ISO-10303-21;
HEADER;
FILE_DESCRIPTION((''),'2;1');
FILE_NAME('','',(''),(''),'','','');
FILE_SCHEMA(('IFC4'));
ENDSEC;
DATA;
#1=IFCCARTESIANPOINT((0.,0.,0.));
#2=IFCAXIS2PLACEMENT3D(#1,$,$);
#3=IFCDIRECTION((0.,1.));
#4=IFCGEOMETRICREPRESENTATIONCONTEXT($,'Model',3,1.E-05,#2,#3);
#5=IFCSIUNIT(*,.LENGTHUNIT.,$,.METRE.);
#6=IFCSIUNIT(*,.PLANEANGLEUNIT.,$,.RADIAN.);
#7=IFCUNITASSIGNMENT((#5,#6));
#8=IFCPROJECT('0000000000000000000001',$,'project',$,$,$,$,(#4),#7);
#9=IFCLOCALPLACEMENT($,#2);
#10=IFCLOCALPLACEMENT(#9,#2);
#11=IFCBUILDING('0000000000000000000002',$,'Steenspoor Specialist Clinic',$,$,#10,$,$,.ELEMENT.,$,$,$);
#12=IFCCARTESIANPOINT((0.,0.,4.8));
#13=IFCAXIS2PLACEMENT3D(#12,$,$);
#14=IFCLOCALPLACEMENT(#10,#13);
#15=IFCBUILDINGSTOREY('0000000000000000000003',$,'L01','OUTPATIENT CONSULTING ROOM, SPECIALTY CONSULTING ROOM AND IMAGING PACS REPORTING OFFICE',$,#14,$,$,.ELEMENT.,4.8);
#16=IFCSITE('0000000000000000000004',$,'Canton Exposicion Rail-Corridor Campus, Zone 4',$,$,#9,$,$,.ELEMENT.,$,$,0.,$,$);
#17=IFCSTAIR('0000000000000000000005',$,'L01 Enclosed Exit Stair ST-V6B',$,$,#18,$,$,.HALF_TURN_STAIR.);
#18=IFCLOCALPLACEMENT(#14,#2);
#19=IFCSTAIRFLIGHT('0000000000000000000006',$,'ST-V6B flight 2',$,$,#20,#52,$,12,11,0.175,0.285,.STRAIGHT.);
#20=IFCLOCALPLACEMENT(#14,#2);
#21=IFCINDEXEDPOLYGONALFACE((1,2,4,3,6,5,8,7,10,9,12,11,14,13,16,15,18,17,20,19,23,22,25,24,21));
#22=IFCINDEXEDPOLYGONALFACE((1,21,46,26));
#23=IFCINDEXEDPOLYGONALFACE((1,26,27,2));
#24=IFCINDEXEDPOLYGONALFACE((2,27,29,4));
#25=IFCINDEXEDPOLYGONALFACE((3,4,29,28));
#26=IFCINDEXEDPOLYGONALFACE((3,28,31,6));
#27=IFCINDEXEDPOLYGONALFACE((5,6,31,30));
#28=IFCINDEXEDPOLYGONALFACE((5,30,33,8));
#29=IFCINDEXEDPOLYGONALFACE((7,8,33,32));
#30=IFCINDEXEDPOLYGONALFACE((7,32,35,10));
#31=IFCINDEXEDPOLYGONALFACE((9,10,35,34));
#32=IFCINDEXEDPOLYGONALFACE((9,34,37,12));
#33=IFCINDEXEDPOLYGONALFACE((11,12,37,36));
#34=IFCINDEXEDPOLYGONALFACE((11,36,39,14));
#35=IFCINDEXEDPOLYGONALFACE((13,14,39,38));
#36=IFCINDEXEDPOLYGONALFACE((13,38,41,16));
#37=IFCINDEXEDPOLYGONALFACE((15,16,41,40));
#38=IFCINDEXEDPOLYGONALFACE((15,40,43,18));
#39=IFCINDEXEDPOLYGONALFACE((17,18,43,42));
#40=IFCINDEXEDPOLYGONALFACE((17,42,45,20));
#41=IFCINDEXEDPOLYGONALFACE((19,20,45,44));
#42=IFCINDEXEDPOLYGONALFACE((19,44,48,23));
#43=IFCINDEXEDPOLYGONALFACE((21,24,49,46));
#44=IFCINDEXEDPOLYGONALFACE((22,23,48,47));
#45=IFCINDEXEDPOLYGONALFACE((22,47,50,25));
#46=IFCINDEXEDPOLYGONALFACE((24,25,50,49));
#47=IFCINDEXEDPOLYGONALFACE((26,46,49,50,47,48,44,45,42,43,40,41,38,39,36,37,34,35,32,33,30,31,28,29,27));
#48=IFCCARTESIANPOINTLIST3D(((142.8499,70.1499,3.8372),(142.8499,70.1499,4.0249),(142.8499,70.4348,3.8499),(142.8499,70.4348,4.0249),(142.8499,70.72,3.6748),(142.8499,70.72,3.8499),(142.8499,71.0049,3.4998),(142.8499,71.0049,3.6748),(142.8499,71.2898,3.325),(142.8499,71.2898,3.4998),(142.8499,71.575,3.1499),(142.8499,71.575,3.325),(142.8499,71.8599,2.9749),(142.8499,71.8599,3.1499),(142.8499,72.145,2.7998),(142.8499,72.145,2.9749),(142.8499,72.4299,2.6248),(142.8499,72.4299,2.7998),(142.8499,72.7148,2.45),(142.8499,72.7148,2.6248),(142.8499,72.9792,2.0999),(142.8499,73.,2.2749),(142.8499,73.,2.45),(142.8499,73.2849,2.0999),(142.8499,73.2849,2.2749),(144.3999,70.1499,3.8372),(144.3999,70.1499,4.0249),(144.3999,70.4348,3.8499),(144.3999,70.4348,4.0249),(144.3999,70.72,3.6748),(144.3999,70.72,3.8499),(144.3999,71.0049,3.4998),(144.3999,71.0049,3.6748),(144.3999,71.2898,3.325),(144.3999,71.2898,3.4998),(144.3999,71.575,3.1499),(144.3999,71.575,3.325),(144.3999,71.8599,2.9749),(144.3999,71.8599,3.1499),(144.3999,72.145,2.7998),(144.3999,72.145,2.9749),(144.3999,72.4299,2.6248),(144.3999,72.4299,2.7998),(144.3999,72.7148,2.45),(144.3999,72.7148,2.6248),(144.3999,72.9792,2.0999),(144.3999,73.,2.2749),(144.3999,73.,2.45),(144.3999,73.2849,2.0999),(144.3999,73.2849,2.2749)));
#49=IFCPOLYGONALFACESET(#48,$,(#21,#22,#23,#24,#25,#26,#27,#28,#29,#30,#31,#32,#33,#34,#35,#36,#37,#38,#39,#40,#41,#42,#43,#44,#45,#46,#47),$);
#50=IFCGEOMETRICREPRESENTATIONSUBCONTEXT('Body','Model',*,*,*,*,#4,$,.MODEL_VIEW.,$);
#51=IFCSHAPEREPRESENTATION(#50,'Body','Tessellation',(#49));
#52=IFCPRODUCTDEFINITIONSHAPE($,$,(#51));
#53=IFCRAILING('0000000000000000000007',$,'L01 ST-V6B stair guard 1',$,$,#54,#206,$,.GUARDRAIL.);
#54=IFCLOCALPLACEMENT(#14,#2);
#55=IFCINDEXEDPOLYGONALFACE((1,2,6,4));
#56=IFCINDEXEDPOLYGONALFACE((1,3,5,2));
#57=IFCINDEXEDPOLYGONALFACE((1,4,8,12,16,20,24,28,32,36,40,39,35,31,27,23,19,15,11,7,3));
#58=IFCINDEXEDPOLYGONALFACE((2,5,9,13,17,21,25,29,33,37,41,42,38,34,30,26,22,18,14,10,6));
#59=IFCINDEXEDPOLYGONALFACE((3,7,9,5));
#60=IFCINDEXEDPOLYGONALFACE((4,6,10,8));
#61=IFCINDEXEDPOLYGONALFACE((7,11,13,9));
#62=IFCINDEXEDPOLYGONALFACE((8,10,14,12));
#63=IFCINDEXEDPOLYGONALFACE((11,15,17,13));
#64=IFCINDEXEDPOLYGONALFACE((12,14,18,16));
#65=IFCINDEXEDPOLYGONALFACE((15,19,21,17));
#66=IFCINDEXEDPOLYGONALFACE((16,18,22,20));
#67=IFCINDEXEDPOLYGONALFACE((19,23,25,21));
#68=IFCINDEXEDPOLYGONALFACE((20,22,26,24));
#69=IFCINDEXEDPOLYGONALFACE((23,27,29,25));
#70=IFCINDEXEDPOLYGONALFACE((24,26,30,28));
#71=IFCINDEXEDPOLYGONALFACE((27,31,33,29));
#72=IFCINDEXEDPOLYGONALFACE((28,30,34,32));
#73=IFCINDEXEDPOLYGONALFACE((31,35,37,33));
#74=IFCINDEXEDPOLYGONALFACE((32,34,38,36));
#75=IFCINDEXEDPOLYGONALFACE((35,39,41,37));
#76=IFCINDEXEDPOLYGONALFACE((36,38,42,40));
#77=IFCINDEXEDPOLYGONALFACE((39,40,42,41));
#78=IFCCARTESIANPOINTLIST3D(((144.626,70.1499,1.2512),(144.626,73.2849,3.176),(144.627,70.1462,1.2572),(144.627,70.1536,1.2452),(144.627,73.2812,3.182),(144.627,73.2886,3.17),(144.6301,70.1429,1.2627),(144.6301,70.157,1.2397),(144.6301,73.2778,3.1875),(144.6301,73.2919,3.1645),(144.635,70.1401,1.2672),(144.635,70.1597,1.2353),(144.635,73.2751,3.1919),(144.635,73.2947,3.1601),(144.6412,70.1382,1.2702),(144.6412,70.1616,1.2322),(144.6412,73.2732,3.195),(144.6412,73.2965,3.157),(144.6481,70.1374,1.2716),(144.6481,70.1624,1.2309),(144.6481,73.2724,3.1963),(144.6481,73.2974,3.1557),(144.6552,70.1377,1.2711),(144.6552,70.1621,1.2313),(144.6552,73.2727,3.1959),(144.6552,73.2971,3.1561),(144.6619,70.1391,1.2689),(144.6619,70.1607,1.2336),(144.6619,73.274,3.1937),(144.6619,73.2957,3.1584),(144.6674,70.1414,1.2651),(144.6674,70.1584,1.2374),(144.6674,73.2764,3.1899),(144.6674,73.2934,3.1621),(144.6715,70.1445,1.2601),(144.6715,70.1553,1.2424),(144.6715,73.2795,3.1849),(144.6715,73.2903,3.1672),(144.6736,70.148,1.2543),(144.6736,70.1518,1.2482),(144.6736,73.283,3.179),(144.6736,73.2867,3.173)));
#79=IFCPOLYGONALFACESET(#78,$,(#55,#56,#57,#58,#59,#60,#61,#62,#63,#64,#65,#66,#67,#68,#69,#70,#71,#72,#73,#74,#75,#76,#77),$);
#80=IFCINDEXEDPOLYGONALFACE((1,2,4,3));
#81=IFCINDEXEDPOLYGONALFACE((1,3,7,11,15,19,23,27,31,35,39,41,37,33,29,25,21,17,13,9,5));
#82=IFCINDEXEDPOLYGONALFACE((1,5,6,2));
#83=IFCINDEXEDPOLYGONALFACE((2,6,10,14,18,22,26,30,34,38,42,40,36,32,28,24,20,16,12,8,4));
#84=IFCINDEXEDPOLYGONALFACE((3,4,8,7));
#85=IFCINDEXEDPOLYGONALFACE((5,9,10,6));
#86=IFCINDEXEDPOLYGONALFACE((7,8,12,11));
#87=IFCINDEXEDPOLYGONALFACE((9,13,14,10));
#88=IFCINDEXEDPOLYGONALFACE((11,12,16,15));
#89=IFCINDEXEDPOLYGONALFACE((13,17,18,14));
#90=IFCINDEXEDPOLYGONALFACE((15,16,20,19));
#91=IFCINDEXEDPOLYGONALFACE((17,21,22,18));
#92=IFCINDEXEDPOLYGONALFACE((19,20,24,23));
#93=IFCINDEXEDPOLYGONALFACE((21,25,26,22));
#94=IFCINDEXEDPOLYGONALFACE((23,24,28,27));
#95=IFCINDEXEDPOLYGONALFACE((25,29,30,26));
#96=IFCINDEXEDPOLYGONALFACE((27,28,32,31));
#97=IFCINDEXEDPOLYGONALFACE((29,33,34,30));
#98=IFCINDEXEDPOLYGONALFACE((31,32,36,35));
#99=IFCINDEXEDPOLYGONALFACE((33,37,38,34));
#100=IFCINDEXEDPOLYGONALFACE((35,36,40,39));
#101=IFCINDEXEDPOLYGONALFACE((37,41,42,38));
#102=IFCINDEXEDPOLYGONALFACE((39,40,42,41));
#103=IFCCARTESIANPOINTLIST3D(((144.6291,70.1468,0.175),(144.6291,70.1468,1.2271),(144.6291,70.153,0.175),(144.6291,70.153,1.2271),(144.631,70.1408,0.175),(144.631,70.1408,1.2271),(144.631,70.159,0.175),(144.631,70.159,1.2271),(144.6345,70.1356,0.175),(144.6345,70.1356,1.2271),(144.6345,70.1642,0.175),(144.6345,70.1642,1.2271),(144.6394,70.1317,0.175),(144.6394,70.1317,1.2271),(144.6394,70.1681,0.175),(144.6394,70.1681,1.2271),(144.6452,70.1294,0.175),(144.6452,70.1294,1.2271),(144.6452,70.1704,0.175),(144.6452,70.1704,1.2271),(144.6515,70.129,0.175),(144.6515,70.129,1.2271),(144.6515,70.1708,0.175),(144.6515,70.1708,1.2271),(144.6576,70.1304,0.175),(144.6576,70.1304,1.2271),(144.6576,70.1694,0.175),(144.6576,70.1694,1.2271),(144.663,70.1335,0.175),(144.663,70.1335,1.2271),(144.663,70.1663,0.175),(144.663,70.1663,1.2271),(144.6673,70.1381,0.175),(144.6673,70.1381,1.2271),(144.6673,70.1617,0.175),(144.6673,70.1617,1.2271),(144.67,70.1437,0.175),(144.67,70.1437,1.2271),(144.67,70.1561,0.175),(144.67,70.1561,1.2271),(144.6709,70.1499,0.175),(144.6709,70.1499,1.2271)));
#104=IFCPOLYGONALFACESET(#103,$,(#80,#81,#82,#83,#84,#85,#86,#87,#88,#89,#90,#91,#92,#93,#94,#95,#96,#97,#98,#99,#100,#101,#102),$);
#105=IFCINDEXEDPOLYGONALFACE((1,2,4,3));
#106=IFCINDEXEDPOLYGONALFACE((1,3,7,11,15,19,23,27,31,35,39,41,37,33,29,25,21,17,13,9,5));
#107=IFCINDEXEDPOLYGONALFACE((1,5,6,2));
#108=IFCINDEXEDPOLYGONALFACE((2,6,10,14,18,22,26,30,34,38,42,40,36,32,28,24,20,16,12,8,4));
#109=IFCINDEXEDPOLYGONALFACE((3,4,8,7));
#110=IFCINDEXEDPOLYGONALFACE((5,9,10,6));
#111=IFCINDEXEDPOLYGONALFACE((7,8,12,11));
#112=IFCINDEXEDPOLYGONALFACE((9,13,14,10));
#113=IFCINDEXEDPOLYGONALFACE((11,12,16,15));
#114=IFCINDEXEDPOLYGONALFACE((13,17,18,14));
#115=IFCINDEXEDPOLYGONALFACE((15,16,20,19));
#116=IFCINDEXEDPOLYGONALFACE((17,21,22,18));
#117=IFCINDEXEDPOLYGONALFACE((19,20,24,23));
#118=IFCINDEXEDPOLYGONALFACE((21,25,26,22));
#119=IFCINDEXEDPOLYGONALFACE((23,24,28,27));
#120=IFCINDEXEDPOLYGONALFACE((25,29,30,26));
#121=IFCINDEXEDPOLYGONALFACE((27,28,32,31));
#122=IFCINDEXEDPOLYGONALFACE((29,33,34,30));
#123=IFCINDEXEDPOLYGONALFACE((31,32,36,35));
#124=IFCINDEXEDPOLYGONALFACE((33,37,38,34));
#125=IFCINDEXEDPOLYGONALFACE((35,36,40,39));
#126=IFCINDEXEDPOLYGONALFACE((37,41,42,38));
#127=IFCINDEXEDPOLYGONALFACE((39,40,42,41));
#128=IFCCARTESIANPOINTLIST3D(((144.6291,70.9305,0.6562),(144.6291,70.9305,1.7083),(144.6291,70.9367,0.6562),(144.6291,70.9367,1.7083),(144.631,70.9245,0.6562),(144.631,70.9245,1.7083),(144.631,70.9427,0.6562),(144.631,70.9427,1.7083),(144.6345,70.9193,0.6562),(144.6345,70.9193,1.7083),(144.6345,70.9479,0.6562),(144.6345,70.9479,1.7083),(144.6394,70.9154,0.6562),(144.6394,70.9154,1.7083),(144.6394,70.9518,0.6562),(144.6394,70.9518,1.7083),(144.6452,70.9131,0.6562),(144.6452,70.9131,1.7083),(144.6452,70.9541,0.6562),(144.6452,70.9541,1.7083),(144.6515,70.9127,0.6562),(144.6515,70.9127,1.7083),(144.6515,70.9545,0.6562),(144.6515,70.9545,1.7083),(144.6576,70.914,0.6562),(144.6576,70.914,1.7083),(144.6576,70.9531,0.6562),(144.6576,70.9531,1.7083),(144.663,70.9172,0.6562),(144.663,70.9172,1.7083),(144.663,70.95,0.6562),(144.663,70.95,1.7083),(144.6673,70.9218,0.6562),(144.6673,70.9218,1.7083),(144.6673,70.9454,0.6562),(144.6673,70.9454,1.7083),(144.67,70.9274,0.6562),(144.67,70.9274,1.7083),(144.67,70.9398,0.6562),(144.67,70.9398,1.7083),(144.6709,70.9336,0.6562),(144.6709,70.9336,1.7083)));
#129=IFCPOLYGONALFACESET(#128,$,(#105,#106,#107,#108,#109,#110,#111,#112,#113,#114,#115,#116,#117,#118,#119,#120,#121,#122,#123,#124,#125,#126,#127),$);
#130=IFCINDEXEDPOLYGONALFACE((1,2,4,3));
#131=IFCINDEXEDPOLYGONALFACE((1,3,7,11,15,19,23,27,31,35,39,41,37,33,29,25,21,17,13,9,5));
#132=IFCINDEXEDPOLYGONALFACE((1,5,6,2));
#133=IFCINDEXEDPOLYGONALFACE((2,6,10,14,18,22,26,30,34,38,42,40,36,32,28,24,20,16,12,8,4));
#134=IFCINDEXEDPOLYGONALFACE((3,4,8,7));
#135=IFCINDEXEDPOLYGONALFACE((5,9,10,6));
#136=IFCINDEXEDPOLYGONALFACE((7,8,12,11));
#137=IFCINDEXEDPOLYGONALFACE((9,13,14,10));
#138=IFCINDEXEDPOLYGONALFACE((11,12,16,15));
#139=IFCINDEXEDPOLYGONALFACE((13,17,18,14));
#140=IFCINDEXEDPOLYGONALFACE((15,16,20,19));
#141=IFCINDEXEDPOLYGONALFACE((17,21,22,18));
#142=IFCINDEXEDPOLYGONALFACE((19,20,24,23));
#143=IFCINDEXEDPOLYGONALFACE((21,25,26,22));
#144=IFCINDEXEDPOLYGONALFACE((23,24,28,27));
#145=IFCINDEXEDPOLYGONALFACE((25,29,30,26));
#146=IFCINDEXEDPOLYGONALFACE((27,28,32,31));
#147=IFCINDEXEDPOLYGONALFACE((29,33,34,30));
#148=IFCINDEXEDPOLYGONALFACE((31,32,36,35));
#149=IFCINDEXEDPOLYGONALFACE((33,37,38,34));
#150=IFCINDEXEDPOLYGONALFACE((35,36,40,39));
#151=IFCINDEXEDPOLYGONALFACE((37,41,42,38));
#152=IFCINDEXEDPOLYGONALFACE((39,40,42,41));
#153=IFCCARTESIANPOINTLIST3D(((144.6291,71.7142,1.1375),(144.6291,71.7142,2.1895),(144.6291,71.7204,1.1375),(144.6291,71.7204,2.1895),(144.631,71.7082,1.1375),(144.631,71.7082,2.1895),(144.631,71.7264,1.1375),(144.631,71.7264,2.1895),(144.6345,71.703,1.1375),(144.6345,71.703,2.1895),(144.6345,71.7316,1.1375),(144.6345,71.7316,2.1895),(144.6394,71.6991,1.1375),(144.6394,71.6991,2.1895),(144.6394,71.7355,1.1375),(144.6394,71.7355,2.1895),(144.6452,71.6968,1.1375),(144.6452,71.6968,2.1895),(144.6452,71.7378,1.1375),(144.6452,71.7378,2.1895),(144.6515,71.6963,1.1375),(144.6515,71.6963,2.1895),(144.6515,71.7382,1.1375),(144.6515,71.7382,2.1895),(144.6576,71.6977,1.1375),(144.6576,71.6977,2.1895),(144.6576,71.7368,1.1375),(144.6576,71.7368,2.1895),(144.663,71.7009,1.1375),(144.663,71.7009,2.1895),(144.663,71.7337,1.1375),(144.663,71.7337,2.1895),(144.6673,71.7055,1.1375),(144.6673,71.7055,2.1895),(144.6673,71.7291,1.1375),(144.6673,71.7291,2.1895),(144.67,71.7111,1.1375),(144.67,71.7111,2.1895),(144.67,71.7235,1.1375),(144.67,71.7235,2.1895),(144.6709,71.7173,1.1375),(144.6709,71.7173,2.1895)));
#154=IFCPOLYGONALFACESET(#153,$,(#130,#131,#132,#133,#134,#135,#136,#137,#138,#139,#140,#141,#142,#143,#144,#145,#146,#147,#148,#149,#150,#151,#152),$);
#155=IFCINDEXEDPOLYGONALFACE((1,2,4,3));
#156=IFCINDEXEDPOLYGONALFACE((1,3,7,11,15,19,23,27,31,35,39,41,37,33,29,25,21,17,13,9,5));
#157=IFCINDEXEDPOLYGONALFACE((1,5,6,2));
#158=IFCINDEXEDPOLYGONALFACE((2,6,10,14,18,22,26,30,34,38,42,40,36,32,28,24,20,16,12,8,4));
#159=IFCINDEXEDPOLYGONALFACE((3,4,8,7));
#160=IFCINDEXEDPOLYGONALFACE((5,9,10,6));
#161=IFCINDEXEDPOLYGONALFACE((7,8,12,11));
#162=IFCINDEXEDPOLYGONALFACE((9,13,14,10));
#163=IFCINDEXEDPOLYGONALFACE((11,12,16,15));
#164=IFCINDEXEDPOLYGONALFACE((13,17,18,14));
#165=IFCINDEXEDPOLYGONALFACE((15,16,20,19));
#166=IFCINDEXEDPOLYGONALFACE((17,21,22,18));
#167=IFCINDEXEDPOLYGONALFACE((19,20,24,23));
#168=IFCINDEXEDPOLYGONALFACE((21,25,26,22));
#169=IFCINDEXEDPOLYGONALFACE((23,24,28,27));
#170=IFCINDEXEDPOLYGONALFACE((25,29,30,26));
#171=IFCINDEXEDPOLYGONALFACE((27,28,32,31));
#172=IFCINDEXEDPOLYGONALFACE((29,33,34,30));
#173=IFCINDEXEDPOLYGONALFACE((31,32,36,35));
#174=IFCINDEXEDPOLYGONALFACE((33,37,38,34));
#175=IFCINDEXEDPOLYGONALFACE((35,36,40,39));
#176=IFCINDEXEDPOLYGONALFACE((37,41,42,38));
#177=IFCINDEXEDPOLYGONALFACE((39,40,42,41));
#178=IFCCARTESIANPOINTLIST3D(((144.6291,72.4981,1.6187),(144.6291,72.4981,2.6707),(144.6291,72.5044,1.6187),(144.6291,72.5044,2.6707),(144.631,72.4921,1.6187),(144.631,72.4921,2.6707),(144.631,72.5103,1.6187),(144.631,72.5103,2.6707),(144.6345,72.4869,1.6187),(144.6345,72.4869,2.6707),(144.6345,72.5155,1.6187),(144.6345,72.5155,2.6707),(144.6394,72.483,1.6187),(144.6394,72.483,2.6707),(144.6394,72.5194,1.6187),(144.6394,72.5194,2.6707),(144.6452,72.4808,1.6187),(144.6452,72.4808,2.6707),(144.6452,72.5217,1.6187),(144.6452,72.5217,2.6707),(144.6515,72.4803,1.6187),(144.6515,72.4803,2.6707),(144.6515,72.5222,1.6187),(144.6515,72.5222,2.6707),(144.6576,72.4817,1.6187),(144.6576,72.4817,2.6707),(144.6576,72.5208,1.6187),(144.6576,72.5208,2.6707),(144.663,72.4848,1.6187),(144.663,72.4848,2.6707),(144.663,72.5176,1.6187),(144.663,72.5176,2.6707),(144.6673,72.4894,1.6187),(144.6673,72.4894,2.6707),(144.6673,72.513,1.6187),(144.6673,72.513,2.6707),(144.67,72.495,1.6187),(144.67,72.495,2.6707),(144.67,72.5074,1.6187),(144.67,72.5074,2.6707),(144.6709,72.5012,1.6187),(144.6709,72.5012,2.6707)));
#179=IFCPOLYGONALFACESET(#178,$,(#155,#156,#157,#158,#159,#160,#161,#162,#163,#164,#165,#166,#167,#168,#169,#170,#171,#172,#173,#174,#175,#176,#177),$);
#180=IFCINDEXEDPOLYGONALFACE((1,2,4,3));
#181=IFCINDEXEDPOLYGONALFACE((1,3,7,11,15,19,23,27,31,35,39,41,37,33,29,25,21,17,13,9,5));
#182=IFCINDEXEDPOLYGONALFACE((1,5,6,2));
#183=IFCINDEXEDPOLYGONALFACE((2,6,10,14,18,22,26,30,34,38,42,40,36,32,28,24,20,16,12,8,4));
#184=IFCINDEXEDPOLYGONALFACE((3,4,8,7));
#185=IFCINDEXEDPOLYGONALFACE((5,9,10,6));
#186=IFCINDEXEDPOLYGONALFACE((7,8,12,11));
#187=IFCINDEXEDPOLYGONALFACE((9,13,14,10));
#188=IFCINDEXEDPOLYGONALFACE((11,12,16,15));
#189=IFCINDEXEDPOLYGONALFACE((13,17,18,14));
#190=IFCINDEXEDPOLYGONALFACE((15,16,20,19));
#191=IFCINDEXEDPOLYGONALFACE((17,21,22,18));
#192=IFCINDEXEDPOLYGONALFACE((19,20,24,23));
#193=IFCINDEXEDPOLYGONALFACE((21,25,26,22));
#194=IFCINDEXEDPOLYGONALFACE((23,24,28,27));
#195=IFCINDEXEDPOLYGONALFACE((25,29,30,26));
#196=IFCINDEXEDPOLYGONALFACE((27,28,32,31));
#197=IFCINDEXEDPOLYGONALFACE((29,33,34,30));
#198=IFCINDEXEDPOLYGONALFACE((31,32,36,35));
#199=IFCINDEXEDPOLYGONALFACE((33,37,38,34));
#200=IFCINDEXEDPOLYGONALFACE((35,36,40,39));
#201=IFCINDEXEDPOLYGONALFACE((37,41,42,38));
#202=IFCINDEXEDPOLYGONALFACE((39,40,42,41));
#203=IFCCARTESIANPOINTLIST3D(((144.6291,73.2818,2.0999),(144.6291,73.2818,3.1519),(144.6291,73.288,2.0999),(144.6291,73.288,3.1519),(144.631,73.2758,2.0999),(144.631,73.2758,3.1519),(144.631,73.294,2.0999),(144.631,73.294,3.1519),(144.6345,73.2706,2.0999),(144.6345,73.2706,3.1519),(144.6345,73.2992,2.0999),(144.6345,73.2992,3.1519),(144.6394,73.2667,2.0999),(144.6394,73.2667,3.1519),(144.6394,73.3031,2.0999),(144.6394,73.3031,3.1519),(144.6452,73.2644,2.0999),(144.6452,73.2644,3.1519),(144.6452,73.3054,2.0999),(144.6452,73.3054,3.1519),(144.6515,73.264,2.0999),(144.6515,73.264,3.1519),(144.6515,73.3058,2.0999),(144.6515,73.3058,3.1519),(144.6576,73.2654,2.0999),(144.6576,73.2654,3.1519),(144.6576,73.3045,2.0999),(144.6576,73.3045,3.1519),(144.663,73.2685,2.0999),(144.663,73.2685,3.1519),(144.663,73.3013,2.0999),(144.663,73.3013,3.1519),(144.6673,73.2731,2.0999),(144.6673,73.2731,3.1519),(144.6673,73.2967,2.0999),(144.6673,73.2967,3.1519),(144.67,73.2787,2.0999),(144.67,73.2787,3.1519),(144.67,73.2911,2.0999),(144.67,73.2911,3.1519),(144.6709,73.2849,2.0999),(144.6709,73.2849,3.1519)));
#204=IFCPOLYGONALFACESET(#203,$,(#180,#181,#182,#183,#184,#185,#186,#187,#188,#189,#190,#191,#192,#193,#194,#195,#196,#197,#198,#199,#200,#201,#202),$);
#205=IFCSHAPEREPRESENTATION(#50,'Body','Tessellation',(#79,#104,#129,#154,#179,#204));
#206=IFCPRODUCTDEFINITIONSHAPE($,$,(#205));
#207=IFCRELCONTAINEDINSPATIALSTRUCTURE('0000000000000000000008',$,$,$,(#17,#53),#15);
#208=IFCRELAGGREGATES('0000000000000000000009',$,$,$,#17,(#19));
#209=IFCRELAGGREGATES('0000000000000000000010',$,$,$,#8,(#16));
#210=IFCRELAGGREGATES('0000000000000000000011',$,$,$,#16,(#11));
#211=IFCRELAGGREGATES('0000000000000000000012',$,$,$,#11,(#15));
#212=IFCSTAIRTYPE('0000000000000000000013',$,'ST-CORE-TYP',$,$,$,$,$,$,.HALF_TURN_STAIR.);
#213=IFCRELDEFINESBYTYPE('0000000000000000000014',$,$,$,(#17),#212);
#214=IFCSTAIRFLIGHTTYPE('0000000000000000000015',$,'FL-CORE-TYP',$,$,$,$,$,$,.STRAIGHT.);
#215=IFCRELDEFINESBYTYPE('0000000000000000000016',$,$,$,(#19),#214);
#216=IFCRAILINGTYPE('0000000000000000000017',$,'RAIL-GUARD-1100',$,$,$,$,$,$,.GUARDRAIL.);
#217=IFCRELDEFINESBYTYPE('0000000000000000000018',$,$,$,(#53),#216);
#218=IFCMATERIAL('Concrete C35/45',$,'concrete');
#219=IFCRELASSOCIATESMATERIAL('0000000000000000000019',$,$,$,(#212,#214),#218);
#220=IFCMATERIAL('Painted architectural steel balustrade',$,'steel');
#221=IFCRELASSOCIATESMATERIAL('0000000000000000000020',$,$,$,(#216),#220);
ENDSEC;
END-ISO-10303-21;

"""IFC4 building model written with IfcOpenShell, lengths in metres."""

from ifc_helpers import new_model, si_unit, direction, frame, origin, origin_2d, place, context, subcontext, project, spatial, polyline, circle, outline, extrude, material, type_object, element, aggregate, save


model = new_model("IFC4")

# Units and contexts
model_context = context("Model", 3, precision=1e-05, world=origin(), true_north=direction((0.0, 1.0)))
body_context = subcontext(model_context, "Body", "Model", "MODEL_VIEW")
ifc_project = project(units=[si_unit("LENGTHUNIT", "METRE"), si_unit("PLANEANGLEUNIT", "RADIAN")], contexts=[model_context])

# Site, building, storey
site_placement = place(None, origin())
site = spatial("IfcSite", under=ifc_project, at=site_placement, Name="Canton Exposicion Rail-Corridor Campus, Zone 4", CompositionType="ELEMENT", RefElevation=0.0)
building_placement = place(site_placement, origin())
building = spatial("IfcBuilding", under=site, at=building_placement, Name="Steenspoor Specialist Clinic", CompositionType="ELEMENT")
storey_placement = place(building_placement, frame((0.0, 0.0, 4.8)))
storey = spatial("IfcBuildingStorey", under=building, at=storey_placement, Name="L01", Description="OUTPATIENT CONSULTING ROOM, SPECIALTY CONSULTING ROOM AND IMAGING PACS REPORTING OFFICE", CompositionType="ELEMENT", Elevation=4.8)

# Shared definitions
ifc_material_1 = material(Name="Concrete C35/45", Category="concrete")

# Stair, stair flight
stair_type = type_object("IfcStairType", Name="ST-CORE-TYP", PredefinedType="HALF_TURN_STAIR", material=ifc_material_1)
stair_placement = place(storey_placement, origin())
stair = element("IfcStair", 1, at=stair_placement, inside=storey, type_object=stair_type, Name="L01 Enclosed Exit Stair ST-V6B", PredefinedType="HALF_TURN_STAIR")
stair_flight_type = type_object("IfcStairFlightType", Name="FL-CORE-TYP", PredefinedType="STRAIGHT", material=ifc_material_1)
stair_flight_1_placement = place(storey_placement, frame((143.625, 73.2849, 2.0999), z_axis=(0.0, 0.0, 1.0), x_axis=(0.0, -1.0, 0.0)))
stair_flight_1 = element("IfcStairFlight", 2, at=stair_flight_1_placement, type_object=stair_flight_type, Name="ST-V6B flight 2", NumberOfRisers=12, NumberOfTreads=11, PredefinedType="STRAIGHT", RiserHeight=0.175, TreadLength=0.285, context=body_context, shape_type="SweptSolid", body=[
    extrude(outline(polyline([(0.0, 0.0), (0.0, 0.175), (0.2849, 0.175), (0.2849, 0.3501), (0.5701, 0.3501), (0.5701, 0.5249), (0.855, 0.5249), (0.855, 0.7), (1.1399, 0.7), (1.1399, 0.875), (1.425, 0.875), (1.425, 1.05), (1.71, 1.05), (1.71, 1.2251), (1.9951, 1.2251), (1.9951, 1.3999), (2.28, 1.3999), (2.28, 1.575), (2.5649, 1.575), (2.5649, 1.75), (2.8501, 1.75), (2.8501, 1.925), (3.135, 1.925), (3.135, 2.1001), (3.135, 1.7373), (0.3057, 0.0), (0.0, 0.0)])), frame((0.0, 0.7749, 0.0), z_axis=(0.0, -1.0, 0.0), x_axis=(1.0, 0.0, 0.0)), (0.0, 0.0, 1.0), 1.55),
])
aggregate(stair, [stair_flight_1])

# Railing
ifc_material_2 = material(Name="Painted architectural steel balustrade", Category="steel")
railing_type_1 = type_object("IfcRailingType", Name="RAIL-GUARD-1100", PredefinedType="GUARDRAIL", material=ifc_material_2)
railing_1_placement = place(storey_placement, frame((144.6499, 70.1499, 0.175)))
element("IfcRailing", 3, at=railing_1_placement, inside=storey, type_object=railing_type_1, Name="L01 ST-V6B stair guard 1", PredefinedType="GUARDRAIL", context=body_context, shape_type="SweptSolid", body=[
    extrude(circle(Radius=0.0239, at=origin_2d()), frame((0.0, 0.0, 1.0762), z_axis=(0.0, 0.852196, 0.523223), x_axis=(-1.0, 0.0, 0.0)), (0.0, 0.0, 1.0), 3.6787),
    extrude(circle(Radius=0.021, at=origin_2d()), origin(), (0.0, 0.0, 1.0), 1.052),
    extrude(circle(Radius=0.021, at=origin_2d()), frame((0.0, 0.7837, 0.4812)), (0.0, 0.0, 1.0), 1.052),
    extrude(circle(Radius=0.021, at=origin_2d()), frame((0.0, 1.5674, 0.9624)), (0.0, 0.0, 1.0), 1.052),
    extrude(circle(Radius=0.021, at=origin_2d()), frame((0.0, 2.3513, 1.4436)), (0.0, 0.0, 1.0), 1.052),
    extrude(circle(Radius=0.021, at=origin_2d()), frame((0.0, 3.135, 1.9248)), (0.0, 0.0, 1.0), 1.052),
])

save(model, "model.ifc")
